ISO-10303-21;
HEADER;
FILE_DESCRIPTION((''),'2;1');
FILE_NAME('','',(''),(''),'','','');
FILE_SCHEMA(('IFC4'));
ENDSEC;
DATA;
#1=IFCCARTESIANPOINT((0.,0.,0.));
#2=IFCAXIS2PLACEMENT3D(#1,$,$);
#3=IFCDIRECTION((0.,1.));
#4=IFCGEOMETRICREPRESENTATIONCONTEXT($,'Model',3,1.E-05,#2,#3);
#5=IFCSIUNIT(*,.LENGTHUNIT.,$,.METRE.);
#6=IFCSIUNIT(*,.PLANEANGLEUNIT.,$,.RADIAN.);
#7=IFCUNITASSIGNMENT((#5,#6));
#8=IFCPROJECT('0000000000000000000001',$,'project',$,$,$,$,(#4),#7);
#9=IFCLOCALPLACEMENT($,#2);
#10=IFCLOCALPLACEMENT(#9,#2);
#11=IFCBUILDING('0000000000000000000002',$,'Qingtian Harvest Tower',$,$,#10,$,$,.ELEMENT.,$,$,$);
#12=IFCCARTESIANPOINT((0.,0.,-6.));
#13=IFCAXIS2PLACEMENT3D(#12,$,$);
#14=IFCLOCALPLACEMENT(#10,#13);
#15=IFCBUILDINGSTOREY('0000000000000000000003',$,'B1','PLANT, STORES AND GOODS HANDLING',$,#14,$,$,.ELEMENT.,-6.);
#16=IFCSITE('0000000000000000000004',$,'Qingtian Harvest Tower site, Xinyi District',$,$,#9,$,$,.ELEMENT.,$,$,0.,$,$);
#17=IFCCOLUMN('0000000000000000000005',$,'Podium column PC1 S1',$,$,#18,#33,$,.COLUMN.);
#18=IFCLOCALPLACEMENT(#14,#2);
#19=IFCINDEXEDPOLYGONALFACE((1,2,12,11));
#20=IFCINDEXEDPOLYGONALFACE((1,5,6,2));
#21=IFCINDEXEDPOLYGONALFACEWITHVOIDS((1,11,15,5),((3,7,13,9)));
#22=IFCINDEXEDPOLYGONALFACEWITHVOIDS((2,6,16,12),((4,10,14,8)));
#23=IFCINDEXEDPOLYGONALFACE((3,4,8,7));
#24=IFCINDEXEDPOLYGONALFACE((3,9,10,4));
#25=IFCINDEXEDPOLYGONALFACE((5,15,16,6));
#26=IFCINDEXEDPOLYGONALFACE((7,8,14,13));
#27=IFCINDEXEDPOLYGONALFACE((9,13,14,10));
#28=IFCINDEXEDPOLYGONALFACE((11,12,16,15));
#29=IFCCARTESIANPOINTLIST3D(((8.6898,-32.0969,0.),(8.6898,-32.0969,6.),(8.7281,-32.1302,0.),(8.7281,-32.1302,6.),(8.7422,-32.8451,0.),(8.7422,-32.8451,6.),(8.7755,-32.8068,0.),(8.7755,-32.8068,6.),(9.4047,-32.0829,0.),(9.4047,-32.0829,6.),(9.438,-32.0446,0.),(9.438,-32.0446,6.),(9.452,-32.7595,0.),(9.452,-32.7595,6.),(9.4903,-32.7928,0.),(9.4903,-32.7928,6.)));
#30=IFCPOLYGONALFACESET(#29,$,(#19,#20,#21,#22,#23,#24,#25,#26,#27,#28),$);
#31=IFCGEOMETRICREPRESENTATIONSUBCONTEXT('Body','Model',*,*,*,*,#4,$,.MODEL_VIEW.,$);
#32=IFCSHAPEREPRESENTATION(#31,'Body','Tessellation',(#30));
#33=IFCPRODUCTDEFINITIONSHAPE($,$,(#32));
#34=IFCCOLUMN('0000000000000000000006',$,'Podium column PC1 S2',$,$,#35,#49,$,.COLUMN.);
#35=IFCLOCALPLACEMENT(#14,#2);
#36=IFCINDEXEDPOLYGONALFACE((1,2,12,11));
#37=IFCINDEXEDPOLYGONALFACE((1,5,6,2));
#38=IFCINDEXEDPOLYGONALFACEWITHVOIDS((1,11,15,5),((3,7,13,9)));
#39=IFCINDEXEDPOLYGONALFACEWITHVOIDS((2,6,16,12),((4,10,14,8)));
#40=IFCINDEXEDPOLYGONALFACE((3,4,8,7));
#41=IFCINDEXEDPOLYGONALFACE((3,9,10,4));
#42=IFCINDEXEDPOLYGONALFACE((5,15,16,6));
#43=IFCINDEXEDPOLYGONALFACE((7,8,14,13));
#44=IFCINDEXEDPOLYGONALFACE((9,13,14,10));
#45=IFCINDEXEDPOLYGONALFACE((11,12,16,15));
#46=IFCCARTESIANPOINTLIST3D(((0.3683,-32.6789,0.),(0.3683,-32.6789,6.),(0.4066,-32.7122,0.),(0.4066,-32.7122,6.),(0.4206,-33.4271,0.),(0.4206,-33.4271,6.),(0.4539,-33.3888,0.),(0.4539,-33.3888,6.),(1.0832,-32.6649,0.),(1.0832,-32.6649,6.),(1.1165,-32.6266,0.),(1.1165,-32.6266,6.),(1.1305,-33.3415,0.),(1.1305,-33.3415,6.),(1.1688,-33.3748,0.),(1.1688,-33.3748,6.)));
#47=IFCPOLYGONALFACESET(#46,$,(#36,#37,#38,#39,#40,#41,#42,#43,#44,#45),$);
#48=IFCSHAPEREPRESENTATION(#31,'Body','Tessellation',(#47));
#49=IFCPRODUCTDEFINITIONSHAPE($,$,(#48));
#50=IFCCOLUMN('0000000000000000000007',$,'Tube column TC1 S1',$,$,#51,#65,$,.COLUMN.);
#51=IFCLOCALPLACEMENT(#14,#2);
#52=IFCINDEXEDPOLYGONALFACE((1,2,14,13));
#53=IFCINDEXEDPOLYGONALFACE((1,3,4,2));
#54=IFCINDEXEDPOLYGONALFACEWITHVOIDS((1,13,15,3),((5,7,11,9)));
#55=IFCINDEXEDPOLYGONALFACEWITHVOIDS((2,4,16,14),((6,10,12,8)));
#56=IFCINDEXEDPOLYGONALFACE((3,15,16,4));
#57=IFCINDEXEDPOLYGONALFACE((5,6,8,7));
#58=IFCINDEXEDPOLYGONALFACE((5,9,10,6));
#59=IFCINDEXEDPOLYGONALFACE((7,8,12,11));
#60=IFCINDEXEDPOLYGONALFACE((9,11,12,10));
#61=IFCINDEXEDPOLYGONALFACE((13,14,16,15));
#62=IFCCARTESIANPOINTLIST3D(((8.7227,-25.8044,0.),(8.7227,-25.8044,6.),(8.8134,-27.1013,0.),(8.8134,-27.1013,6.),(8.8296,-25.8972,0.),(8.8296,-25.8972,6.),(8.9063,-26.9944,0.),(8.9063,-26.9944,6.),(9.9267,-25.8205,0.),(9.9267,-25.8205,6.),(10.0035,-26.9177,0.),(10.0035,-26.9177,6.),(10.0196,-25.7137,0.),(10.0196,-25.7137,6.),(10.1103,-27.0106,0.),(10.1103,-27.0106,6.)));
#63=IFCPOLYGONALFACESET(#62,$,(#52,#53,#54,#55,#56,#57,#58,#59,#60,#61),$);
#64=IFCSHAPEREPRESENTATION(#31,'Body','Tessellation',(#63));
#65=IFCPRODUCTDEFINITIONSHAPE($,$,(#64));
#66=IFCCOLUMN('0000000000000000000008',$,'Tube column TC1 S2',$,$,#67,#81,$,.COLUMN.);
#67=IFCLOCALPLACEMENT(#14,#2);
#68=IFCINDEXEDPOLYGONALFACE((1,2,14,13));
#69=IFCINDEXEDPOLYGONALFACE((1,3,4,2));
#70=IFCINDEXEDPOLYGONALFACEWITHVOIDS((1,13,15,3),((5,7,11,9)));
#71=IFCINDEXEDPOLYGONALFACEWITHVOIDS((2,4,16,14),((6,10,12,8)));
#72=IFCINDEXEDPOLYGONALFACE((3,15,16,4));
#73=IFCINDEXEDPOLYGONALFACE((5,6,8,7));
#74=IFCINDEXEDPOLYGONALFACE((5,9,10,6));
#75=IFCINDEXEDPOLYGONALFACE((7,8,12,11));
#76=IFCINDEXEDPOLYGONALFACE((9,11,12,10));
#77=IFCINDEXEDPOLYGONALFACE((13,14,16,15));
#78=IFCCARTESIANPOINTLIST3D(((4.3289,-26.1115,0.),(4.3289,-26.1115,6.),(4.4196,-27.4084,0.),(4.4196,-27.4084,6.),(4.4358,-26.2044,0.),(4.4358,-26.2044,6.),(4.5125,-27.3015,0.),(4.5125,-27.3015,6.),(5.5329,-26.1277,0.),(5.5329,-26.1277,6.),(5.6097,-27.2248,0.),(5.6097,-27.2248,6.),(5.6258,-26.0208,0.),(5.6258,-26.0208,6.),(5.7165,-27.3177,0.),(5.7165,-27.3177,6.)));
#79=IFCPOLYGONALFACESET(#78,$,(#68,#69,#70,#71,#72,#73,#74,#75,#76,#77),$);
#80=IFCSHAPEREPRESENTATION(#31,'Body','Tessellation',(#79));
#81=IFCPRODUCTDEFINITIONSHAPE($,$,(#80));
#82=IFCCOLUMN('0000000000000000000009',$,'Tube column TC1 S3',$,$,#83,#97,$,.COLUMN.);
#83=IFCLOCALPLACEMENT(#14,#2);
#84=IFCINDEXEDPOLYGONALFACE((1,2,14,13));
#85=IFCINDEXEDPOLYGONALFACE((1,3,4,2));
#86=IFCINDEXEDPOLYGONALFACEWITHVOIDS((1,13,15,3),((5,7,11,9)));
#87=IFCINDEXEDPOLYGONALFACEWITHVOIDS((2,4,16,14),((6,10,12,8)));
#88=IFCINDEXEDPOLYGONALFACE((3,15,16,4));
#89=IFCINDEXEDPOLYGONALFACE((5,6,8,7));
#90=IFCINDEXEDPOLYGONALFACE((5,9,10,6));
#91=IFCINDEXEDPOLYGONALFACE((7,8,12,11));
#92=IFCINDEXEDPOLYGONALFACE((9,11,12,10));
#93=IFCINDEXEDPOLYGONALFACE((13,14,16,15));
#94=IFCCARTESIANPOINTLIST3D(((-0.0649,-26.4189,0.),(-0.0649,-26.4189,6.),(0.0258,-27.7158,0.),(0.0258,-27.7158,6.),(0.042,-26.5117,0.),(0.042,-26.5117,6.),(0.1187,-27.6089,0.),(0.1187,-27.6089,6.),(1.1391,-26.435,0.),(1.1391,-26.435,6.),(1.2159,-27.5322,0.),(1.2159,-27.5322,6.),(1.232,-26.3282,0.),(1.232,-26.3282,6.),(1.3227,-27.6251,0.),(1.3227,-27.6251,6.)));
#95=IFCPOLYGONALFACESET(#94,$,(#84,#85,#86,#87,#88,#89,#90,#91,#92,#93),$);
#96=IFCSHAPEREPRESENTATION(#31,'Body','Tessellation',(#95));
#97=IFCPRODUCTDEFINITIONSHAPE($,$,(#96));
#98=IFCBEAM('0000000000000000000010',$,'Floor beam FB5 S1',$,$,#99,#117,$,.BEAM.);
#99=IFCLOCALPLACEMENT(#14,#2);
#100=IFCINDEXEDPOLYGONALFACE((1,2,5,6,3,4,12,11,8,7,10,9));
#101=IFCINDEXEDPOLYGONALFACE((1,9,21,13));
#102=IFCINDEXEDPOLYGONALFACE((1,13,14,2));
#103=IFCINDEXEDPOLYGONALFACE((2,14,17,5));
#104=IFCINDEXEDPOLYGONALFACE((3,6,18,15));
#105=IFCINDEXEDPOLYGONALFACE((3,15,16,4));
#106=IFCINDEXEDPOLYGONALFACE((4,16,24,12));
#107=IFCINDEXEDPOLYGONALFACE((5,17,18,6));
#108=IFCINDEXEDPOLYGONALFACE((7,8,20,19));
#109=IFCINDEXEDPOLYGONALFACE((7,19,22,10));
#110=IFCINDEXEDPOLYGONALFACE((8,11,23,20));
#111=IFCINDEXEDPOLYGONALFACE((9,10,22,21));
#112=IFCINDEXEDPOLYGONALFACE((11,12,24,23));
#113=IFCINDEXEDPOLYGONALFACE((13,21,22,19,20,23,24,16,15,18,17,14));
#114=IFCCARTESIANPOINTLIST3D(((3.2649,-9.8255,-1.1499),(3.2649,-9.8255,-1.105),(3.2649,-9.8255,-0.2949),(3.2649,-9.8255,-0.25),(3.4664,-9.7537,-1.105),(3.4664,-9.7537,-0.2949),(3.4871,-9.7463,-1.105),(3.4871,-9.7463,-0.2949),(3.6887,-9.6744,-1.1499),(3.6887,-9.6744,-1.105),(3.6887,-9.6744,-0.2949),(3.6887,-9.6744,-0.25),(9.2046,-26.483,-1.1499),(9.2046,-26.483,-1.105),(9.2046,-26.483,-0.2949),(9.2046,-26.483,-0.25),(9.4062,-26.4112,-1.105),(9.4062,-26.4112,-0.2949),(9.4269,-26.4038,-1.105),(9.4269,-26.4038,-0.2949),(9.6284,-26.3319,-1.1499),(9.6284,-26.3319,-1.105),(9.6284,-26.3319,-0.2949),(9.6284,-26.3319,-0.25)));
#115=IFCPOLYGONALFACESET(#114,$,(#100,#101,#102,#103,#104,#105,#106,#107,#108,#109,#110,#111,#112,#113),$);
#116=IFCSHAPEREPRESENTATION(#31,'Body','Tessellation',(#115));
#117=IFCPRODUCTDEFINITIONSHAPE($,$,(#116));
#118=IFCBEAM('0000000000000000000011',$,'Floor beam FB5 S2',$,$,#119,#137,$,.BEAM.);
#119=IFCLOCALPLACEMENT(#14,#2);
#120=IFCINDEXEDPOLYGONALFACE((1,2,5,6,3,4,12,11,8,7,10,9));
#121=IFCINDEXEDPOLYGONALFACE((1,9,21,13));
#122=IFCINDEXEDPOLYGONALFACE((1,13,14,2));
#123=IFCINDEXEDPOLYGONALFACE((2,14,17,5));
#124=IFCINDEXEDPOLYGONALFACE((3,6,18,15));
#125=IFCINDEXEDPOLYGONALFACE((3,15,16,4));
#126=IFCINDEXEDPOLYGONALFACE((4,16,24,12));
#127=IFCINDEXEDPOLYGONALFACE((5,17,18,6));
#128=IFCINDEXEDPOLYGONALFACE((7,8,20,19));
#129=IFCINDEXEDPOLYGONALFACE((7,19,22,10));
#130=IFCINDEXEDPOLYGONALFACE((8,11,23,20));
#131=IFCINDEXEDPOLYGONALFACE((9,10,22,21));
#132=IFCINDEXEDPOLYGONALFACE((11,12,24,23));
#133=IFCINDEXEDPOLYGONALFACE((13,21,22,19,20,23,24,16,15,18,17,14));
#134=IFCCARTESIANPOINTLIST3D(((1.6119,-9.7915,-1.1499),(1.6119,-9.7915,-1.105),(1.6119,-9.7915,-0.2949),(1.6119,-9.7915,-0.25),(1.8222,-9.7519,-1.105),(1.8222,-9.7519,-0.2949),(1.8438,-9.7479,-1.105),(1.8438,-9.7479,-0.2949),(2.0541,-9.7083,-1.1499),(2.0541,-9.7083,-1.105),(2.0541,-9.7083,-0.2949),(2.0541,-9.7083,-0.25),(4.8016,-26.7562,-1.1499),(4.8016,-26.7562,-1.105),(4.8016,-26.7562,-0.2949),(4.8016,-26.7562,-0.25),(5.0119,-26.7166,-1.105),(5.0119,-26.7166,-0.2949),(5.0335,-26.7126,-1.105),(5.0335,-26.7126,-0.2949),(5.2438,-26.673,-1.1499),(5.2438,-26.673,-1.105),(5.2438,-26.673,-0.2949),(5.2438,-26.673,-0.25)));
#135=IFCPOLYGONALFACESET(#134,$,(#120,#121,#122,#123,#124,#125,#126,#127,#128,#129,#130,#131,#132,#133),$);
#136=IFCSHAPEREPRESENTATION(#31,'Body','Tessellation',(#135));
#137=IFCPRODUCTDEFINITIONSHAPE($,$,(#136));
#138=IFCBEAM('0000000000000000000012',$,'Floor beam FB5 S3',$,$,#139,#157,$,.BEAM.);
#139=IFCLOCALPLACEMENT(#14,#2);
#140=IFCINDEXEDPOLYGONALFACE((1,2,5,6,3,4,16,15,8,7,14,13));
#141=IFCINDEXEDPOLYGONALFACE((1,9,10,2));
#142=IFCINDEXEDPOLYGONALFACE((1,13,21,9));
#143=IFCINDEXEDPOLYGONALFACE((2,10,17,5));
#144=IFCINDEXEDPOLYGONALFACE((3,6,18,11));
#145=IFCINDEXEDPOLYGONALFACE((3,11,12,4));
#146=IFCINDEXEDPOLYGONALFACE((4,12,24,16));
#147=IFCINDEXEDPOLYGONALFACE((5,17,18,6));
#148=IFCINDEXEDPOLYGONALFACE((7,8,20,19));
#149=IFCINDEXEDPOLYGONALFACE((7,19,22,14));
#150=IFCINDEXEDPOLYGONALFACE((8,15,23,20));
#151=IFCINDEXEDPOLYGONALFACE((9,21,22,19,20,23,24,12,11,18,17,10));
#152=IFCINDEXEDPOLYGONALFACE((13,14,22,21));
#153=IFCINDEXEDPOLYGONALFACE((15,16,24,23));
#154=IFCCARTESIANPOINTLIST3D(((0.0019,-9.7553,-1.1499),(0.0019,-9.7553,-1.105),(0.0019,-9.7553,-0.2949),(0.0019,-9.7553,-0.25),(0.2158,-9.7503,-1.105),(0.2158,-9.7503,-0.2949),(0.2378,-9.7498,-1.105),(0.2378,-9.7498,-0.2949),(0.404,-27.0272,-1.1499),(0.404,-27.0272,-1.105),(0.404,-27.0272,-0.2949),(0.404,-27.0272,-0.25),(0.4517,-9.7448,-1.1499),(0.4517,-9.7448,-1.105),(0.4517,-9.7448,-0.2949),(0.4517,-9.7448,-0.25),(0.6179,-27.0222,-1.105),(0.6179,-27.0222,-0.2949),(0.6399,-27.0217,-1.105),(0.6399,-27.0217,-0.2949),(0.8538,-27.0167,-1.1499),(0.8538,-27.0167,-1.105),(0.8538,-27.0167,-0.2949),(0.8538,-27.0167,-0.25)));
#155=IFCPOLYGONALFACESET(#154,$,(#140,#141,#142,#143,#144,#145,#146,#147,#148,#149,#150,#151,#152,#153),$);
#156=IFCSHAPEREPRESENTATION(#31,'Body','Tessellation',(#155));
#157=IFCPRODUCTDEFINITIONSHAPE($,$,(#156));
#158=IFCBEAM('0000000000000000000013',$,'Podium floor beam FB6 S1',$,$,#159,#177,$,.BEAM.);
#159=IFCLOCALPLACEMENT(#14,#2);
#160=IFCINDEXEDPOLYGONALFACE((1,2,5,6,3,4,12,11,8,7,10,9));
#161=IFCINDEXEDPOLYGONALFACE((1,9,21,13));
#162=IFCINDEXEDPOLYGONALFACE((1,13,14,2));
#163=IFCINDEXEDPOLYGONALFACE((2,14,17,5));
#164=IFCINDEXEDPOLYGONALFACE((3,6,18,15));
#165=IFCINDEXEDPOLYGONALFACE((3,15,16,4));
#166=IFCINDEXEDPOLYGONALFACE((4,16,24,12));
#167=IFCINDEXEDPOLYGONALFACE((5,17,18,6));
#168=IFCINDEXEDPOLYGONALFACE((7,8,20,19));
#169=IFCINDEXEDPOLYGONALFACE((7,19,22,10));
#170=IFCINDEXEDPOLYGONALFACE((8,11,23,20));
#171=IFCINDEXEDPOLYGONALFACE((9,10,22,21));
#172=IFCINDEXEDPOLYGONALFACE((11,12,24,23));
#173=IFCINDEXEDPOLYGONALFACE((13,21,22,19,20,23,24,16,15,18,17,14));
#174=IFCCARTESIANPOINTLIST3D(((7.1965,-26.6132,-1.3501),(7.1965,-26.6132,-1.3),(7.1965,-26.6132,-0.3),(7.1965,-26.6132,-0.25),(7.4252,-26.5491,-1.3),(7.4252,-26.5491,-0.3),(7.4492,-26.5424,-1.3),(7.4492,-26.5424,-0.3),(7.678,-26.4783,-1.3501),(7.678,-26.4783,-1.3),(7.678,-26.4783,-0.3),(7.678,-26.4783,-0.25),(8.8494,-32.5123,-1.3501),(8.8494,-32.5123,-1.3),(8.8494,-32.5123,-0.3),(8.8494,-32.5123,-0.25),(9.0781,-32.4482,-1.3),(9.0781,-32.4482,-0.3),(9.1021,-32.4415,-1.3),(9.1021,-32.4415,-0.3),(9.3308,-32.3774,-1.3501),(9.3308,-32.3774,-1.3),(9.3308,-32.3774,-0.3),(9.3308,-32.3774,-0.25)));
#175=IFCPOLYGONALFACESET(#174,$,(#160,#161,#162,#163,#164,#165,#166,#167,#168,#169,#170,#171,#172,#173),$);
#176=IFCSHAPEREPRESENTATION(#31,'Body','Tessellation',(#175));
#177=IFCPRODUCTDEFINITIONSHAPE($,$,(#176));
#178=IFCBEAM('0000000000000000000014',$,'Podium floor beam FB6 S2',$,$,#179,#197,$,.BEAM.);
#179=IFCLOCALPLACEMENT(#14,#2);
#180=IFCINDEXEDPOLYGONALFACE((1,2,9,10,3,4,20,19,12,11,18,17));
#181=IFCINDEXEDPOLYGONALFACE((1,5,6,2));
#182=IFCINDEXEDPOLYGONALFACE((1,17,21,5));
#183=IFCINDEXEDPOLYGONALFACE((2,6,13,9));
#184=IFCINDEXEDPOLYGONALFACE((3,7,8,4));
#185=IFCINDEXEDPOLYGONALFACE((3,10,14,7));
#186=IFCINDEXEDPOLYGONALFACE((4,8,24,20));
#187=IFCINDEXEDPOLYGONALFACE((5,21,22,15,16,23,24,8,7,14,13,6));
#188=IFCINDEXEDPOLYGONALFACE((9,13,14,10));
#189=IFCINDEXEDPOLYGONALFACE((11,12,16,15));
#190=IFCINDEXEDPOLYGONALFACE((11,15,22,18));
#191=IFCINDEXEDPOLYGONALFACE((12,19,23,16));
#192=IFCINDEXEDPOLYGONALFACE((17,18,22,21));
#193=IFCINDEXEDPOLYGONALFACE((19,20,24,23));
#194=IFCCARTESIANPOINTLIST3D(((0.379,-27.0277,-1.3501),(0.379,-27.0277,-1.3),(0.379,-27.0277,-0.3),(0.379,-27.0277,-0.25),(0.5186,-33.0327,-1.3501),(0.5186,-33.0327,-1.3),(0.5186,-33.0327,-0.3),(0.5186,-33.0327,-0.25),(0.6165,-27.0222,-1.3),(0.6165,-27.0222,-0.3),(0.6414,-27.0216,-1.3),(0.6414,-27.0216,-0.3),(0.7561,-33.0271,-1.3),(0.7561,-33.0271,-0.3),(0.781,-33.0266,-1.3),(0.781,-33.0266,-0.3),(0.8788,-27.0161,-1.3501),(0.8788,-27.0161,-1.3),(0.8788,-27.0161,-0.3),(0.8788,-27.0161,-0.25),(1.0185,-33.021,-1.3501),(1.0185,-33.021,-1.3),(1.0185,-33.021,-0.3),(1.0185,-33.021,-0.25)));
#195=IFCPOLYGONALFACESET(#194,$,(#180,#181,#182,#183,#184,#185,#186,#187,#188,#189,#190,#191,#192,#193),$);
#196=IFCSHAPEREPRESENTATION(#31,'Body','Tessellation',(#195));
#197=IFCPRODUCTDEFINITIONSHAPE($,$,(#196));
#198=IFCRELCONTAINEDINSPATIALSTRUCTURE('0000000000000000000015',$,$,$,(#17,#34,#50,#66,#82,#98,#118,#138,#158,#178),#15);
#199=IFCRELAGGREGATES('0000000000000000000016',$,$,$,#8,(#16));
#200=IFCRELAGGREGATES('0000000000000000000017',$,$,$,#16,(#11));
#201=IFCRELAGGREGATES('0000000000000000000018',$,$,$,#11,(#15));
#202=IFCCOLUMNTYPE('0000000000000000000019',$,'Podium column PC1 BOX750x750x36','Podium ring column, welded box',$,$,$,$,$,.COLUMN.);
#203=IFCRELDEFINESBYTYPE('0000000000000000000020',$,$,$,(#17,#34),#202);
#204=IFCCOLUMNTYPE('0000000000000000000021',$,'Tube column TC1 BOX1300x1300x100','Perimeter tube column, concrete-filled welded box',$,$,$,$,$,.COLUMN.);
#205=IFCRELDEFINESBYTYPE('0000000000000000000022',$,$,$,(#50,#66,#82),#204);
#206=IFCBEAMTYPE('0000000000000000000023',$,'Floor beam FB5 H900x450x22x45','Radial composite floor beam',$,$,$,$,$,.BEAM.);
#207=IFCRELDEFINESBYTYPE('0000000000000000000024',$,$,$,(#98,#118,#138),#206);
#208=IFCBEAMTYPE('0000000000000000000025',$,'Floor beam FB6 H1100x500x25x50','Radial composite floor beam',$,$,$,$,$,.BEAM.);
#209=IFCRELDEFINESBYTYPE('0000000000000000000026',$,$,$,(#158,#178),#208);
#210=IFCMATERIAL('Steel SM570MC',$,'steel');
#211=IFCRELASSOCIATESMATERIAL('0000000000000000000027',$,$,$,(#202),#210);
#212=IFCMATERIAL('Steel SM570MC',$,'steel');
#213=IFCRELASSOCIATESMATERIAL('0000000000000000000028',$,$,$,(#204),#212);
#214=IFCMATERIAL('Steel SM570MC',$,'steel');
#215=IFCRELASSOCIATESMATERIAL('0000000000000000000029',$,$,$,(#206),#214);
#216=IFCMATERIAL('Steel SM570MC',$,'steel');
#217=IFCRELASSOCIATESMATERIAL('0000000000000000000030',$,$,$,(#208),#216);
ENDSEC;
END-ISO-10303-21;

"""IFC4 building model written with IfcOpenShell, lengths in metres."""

from ifc_helpers import new_model, si_unit, direction, frame, origin, origin_2d, place, context, subcontext, project, spatial, hollow_rectangle, i_section, extrude, material, material_profile, profile_set, type_object, element, save


model = new_model("IFC4")

# Units and contexts
model_context = context("Model", 3, precision=1e-05, world=origin(), true_north=direction((0.0, 1.0)))
body_context = subcontext(model_context, "Body", "Model", "MODEL_VIEW")
ifc_project = project(units=[si_unit("LENGTHUNIT", "METRE"), si_unit("PLANEANGLEUNIT", "RADIAN")], contexts=[model_context])

# Site, building, storey
site_placement = place(None, origin())
site = spatial("IfcSite", under=ifc_project, at=site_placement, Name="Qingtian Harvest Tower site, Xinyi District", CompositionType="ELEMENT", RefElevation=0.0)
building_placement = place(site_placement, origin())
building = spatial("IfcBuilding", under=site, at=building_placement, Name="Qingtian Harvest Tower", CompositionType="ELEMENT")
storey_placement = place(building_placement, frame((0.0, 0.0, -6.0)))
storey = spatial("IfcBuildingStorey", under=building, at=storey_placement, Name="B1", Description="PLANT, STORES AND GOODS HANDLING", CompositionType="ELEMENT", Elevation=-6.0)

# Columns
ifc_material_1 = material(Name="Steel SM570MC", Category="steel")
ifc_material_profile_1 = material_profile(ifc_material_1, hollow_rectangle(XDim=0.75, YDim=0.75, WallThickness=0.0359, at=origin_2d()), Name="BOX750x750x36")
ifc_profile_set_1 = profile_set([ifc_material_profile_1], Name="Steel SM570MC")
column_type_1 = type_object("IfcColumnType", Name="Podium column PC1 BOX750x750x36", Description="Podium ring column, welded box", PredefinedType="COLUMN", material=ifc_profile_set_1)
for number, where, z_axis, x_axis, name in (
    (1, (9.0901, -32.4448, 0.0), (0.0, 0.0, 1.0), (0.997564, 0.069756, 0.0), "Podium column PC1 S1"),
    (2, (0.7686, -33.0269, 0.0), (0.0, 0.0, 1.0), (0.997564, 0.069756, 0.0), "Podium column PC1 S2"),
):
    element("IfcColumn", number, at=place(storey_placement, frame(where, z_axis=z_axis, x_axis=x_axis)), inside=storey, type_object=column_type_1, Name=name, PredefinedType="COLUMN", context=body_context, shape_type="SweptSolid", body=[
        extrude(hollow_rectangle(XDim=0.75, YDim=0.75, WallThickness=0.0359, at=origin_2d()), origin(), (0.0, 0.0, 1.0), 6.0),
    ])
ifc_material_2 = material(Name="Steel SM570MC", Category="steel")
ifc_material_profile_2 = material_profile(ifc_material_2, hollow_rectangle(XDim=1.3, YDim=1.3, WallThickness=0.1001, at=origin_2d()), Name="BOX1300x1300x100")
ifc_profile_set_2 = profile_set([ifc_material_profile_2], Name="Steel SM570MC")
column_type_2 = type_object("IfcColumnType", Name="Tube column TC1 BOX1300x1300x100", Description="Perimeter tube column, concrete-filled welded box", PredefinedType="COLUMN", material=ifc_profile_set_2)
for number, where, z_axis, x_axis, name in (
    (3, (9.4165, -26.4075, 0.0), (0.0, 0.0, 1.0), (0.997564, 0.069756, 0.0), "Tube column TC1 S1"),
    (4, (5.0227, -26.7146, 0.0), (0.0, 0.0, 1.0), (0.997564, 0.069756, 0.0), "Tube column TC1 S2"),
    (5, (0.6289, -27.022, 0.0), (0.0, 0.0, 1.0), (0.997564, 0.069756, 0.0), "Tube column TC1 S3"),
):
    element("IfcColumn", number, at=place(storey_placement, frame(where, z_axis=z_axis, x_axis=x_axis)), inside=storey, type_object=column_type_2, Name=name, PredefinedType="COLUMN", context=body_context, shape_type="SweptSolid", body=[
        extrude(hollow_rectangle(XDim=1.3, YDim=1.3, WallThickness=0.1001, at=origin_2d()), origin(), (0.0, 0.0, 1.0), 6.0),
    ])

# Beams
ifc_material_3 = material(Name="Steel SM570MC", Category="steel")
ifc_material_profile_3 = material_profile(ifc_material_3, i_section(OverallWidth=0.45, OverallDepth=0.8999, WebThickness=0.022, FlangeThickness=0.0449, at=origin_2d()), Name="H900x450x22x45")
ifc_profile_set_3 = profile_set([ifc_material_profile_3], Name="Steel SM570MC")
beam_type_1 = type_object("IfcBeamType", Name="Floor beam FB5 H900x450x22x45", Description="Radial composite floor beam", PredefinedType="BEAM", material=ifc_profile_set_3)
beam_1_placement = place(storey_placement, frame((9.4165, -26.4075, -0.7), z_axis=(-0.335865, 0.94191, 0.0), x_axis=(-0.94191, -0.335865, 0.0)))
element("IfcBeam", 6, at=beam_1_placement, inside=storey, type_object=beam_type_1, Name="Floor beam FB5 S1", PredefinedType="BEAM", context=body_context, shape_type="SweptSolid", body=[
    extrude(i_section(OverallWidth=0.45, OverallDepth=0.8999, WebThickness=0.022, FlangeThickness=0.0449, at=origin_2d()), origin(), (0.0, 0.0, 1.0), 17.6848),
])
beam_2_placement = place(storey_placement, frame((5.0227, -26.7146, -0.7), z_axis=(-0.184783, 0.982779, 0.0), x_axis=(-0.982779, -0.184783, 0.0)))
element("IfcBeam", 7, at=beam_2_placement, inside=storey, type_object=beam_type_1, Name="Floor beam FB5 S2", PredefinedType="BEAM", context=body_context, shape_type="SweptSolid", body=[
    extrude(i_section(OverallWidth=0.45, OverallDepth=0.8999, WebThickness=0.022, FlangeThickness=0.0449, at=origin_2d()), origin(), (0.0, 0.0, 1.0), 17.262),
])
beam_3_placement = place(storey_placement, frame((0.6289, -27.022, -0.7), z_axis=(-0.023274, 0.999729, 0.0), x_axis=(-0.999729, -0.023274, 0.0)))
element("IfcBeam", 8, at=beam_3_placement, inside=storey, type_object=beam_type_1, Name="Floor beam FB5 S3", PredefinedType="BEAM", context=body_context, shape_type="SweptSolid", body=[
    extrude(i_section(OverallWidth=0.45, OverallDepth=0.8999, WebThickness=0.022, FlangeThickness=0.0449, at=origin_2d()), origin(), (0.0, 0.0, 1.0), 17.2766),
])
ifc_material_4 = material(Name="Steel SM570MC", Category="steel")
ifc_material_profile_4 = material_profile(ifc_material_4, i_section(OverallWidth=0.5, OverallDepth=1.1001, WebThickness=0.0249, FlangeThickness=0.05, at=origin_2d()), Name="H1100x500x25x50")
ifc_profile_set_4 = profile_set([ifc_material_profile_4], Name="Steel SM570MC")
beam_type_2 = type_object("IfcBeamType", Name="Floor beam FB6 H1100x500x25x50", Description="Radial composite floor beam", PredefinedType="BEAM", material=ifc_profile_set_4)
beam_4_placement = place(storey_placement, frame((9.0901, -32.4448, -0.8), z_axis=(-0.269801, 0.962916, 0.0), x_axis=(-0.962916, -0.269801, 0.0)))
element("IfcBeam", 9, at=beam_4_placement, inside=storey, type_object=beam_type_2, Name="Podium floor beam FB6 S1", PredefinedType="BEAM", context=body_context, shape_type="SweptSolid", body=[
    extrude(i_section(OverallWidth=0.5, OverallDepth=1.1001, WebThickness=0.0249, FlangeThickness=0.05, at=origin_2d()), origin(), (0.0, 0.0, 1.0), 6.1262),
])
beam_5_placement = place(storey_placement, frame((0.7686, -33.0269, -0.8), z_axis=(-0.02325, 0.99973, 0.0), x_axis=(-0.99973, -0.02325, 0.0)))
element("IfcBeam", 10, at=beam_5_placement, inside=storey, type_object=beam_type_2, Name="Podium floor beam FB6 S2", PredefinedType="BEAM", context=body_context, shape_type="SweptSolid", body=[
    extrude(i_section(OverallWidth=0.5, OverallDepth=1.1001, WebThickness=0.0249, FlangeThickness=0.05, at=origin_2d()), origin(), (0.0, 0.0, 1.0), 6.0066),
])

save(model, "model.ifc")
